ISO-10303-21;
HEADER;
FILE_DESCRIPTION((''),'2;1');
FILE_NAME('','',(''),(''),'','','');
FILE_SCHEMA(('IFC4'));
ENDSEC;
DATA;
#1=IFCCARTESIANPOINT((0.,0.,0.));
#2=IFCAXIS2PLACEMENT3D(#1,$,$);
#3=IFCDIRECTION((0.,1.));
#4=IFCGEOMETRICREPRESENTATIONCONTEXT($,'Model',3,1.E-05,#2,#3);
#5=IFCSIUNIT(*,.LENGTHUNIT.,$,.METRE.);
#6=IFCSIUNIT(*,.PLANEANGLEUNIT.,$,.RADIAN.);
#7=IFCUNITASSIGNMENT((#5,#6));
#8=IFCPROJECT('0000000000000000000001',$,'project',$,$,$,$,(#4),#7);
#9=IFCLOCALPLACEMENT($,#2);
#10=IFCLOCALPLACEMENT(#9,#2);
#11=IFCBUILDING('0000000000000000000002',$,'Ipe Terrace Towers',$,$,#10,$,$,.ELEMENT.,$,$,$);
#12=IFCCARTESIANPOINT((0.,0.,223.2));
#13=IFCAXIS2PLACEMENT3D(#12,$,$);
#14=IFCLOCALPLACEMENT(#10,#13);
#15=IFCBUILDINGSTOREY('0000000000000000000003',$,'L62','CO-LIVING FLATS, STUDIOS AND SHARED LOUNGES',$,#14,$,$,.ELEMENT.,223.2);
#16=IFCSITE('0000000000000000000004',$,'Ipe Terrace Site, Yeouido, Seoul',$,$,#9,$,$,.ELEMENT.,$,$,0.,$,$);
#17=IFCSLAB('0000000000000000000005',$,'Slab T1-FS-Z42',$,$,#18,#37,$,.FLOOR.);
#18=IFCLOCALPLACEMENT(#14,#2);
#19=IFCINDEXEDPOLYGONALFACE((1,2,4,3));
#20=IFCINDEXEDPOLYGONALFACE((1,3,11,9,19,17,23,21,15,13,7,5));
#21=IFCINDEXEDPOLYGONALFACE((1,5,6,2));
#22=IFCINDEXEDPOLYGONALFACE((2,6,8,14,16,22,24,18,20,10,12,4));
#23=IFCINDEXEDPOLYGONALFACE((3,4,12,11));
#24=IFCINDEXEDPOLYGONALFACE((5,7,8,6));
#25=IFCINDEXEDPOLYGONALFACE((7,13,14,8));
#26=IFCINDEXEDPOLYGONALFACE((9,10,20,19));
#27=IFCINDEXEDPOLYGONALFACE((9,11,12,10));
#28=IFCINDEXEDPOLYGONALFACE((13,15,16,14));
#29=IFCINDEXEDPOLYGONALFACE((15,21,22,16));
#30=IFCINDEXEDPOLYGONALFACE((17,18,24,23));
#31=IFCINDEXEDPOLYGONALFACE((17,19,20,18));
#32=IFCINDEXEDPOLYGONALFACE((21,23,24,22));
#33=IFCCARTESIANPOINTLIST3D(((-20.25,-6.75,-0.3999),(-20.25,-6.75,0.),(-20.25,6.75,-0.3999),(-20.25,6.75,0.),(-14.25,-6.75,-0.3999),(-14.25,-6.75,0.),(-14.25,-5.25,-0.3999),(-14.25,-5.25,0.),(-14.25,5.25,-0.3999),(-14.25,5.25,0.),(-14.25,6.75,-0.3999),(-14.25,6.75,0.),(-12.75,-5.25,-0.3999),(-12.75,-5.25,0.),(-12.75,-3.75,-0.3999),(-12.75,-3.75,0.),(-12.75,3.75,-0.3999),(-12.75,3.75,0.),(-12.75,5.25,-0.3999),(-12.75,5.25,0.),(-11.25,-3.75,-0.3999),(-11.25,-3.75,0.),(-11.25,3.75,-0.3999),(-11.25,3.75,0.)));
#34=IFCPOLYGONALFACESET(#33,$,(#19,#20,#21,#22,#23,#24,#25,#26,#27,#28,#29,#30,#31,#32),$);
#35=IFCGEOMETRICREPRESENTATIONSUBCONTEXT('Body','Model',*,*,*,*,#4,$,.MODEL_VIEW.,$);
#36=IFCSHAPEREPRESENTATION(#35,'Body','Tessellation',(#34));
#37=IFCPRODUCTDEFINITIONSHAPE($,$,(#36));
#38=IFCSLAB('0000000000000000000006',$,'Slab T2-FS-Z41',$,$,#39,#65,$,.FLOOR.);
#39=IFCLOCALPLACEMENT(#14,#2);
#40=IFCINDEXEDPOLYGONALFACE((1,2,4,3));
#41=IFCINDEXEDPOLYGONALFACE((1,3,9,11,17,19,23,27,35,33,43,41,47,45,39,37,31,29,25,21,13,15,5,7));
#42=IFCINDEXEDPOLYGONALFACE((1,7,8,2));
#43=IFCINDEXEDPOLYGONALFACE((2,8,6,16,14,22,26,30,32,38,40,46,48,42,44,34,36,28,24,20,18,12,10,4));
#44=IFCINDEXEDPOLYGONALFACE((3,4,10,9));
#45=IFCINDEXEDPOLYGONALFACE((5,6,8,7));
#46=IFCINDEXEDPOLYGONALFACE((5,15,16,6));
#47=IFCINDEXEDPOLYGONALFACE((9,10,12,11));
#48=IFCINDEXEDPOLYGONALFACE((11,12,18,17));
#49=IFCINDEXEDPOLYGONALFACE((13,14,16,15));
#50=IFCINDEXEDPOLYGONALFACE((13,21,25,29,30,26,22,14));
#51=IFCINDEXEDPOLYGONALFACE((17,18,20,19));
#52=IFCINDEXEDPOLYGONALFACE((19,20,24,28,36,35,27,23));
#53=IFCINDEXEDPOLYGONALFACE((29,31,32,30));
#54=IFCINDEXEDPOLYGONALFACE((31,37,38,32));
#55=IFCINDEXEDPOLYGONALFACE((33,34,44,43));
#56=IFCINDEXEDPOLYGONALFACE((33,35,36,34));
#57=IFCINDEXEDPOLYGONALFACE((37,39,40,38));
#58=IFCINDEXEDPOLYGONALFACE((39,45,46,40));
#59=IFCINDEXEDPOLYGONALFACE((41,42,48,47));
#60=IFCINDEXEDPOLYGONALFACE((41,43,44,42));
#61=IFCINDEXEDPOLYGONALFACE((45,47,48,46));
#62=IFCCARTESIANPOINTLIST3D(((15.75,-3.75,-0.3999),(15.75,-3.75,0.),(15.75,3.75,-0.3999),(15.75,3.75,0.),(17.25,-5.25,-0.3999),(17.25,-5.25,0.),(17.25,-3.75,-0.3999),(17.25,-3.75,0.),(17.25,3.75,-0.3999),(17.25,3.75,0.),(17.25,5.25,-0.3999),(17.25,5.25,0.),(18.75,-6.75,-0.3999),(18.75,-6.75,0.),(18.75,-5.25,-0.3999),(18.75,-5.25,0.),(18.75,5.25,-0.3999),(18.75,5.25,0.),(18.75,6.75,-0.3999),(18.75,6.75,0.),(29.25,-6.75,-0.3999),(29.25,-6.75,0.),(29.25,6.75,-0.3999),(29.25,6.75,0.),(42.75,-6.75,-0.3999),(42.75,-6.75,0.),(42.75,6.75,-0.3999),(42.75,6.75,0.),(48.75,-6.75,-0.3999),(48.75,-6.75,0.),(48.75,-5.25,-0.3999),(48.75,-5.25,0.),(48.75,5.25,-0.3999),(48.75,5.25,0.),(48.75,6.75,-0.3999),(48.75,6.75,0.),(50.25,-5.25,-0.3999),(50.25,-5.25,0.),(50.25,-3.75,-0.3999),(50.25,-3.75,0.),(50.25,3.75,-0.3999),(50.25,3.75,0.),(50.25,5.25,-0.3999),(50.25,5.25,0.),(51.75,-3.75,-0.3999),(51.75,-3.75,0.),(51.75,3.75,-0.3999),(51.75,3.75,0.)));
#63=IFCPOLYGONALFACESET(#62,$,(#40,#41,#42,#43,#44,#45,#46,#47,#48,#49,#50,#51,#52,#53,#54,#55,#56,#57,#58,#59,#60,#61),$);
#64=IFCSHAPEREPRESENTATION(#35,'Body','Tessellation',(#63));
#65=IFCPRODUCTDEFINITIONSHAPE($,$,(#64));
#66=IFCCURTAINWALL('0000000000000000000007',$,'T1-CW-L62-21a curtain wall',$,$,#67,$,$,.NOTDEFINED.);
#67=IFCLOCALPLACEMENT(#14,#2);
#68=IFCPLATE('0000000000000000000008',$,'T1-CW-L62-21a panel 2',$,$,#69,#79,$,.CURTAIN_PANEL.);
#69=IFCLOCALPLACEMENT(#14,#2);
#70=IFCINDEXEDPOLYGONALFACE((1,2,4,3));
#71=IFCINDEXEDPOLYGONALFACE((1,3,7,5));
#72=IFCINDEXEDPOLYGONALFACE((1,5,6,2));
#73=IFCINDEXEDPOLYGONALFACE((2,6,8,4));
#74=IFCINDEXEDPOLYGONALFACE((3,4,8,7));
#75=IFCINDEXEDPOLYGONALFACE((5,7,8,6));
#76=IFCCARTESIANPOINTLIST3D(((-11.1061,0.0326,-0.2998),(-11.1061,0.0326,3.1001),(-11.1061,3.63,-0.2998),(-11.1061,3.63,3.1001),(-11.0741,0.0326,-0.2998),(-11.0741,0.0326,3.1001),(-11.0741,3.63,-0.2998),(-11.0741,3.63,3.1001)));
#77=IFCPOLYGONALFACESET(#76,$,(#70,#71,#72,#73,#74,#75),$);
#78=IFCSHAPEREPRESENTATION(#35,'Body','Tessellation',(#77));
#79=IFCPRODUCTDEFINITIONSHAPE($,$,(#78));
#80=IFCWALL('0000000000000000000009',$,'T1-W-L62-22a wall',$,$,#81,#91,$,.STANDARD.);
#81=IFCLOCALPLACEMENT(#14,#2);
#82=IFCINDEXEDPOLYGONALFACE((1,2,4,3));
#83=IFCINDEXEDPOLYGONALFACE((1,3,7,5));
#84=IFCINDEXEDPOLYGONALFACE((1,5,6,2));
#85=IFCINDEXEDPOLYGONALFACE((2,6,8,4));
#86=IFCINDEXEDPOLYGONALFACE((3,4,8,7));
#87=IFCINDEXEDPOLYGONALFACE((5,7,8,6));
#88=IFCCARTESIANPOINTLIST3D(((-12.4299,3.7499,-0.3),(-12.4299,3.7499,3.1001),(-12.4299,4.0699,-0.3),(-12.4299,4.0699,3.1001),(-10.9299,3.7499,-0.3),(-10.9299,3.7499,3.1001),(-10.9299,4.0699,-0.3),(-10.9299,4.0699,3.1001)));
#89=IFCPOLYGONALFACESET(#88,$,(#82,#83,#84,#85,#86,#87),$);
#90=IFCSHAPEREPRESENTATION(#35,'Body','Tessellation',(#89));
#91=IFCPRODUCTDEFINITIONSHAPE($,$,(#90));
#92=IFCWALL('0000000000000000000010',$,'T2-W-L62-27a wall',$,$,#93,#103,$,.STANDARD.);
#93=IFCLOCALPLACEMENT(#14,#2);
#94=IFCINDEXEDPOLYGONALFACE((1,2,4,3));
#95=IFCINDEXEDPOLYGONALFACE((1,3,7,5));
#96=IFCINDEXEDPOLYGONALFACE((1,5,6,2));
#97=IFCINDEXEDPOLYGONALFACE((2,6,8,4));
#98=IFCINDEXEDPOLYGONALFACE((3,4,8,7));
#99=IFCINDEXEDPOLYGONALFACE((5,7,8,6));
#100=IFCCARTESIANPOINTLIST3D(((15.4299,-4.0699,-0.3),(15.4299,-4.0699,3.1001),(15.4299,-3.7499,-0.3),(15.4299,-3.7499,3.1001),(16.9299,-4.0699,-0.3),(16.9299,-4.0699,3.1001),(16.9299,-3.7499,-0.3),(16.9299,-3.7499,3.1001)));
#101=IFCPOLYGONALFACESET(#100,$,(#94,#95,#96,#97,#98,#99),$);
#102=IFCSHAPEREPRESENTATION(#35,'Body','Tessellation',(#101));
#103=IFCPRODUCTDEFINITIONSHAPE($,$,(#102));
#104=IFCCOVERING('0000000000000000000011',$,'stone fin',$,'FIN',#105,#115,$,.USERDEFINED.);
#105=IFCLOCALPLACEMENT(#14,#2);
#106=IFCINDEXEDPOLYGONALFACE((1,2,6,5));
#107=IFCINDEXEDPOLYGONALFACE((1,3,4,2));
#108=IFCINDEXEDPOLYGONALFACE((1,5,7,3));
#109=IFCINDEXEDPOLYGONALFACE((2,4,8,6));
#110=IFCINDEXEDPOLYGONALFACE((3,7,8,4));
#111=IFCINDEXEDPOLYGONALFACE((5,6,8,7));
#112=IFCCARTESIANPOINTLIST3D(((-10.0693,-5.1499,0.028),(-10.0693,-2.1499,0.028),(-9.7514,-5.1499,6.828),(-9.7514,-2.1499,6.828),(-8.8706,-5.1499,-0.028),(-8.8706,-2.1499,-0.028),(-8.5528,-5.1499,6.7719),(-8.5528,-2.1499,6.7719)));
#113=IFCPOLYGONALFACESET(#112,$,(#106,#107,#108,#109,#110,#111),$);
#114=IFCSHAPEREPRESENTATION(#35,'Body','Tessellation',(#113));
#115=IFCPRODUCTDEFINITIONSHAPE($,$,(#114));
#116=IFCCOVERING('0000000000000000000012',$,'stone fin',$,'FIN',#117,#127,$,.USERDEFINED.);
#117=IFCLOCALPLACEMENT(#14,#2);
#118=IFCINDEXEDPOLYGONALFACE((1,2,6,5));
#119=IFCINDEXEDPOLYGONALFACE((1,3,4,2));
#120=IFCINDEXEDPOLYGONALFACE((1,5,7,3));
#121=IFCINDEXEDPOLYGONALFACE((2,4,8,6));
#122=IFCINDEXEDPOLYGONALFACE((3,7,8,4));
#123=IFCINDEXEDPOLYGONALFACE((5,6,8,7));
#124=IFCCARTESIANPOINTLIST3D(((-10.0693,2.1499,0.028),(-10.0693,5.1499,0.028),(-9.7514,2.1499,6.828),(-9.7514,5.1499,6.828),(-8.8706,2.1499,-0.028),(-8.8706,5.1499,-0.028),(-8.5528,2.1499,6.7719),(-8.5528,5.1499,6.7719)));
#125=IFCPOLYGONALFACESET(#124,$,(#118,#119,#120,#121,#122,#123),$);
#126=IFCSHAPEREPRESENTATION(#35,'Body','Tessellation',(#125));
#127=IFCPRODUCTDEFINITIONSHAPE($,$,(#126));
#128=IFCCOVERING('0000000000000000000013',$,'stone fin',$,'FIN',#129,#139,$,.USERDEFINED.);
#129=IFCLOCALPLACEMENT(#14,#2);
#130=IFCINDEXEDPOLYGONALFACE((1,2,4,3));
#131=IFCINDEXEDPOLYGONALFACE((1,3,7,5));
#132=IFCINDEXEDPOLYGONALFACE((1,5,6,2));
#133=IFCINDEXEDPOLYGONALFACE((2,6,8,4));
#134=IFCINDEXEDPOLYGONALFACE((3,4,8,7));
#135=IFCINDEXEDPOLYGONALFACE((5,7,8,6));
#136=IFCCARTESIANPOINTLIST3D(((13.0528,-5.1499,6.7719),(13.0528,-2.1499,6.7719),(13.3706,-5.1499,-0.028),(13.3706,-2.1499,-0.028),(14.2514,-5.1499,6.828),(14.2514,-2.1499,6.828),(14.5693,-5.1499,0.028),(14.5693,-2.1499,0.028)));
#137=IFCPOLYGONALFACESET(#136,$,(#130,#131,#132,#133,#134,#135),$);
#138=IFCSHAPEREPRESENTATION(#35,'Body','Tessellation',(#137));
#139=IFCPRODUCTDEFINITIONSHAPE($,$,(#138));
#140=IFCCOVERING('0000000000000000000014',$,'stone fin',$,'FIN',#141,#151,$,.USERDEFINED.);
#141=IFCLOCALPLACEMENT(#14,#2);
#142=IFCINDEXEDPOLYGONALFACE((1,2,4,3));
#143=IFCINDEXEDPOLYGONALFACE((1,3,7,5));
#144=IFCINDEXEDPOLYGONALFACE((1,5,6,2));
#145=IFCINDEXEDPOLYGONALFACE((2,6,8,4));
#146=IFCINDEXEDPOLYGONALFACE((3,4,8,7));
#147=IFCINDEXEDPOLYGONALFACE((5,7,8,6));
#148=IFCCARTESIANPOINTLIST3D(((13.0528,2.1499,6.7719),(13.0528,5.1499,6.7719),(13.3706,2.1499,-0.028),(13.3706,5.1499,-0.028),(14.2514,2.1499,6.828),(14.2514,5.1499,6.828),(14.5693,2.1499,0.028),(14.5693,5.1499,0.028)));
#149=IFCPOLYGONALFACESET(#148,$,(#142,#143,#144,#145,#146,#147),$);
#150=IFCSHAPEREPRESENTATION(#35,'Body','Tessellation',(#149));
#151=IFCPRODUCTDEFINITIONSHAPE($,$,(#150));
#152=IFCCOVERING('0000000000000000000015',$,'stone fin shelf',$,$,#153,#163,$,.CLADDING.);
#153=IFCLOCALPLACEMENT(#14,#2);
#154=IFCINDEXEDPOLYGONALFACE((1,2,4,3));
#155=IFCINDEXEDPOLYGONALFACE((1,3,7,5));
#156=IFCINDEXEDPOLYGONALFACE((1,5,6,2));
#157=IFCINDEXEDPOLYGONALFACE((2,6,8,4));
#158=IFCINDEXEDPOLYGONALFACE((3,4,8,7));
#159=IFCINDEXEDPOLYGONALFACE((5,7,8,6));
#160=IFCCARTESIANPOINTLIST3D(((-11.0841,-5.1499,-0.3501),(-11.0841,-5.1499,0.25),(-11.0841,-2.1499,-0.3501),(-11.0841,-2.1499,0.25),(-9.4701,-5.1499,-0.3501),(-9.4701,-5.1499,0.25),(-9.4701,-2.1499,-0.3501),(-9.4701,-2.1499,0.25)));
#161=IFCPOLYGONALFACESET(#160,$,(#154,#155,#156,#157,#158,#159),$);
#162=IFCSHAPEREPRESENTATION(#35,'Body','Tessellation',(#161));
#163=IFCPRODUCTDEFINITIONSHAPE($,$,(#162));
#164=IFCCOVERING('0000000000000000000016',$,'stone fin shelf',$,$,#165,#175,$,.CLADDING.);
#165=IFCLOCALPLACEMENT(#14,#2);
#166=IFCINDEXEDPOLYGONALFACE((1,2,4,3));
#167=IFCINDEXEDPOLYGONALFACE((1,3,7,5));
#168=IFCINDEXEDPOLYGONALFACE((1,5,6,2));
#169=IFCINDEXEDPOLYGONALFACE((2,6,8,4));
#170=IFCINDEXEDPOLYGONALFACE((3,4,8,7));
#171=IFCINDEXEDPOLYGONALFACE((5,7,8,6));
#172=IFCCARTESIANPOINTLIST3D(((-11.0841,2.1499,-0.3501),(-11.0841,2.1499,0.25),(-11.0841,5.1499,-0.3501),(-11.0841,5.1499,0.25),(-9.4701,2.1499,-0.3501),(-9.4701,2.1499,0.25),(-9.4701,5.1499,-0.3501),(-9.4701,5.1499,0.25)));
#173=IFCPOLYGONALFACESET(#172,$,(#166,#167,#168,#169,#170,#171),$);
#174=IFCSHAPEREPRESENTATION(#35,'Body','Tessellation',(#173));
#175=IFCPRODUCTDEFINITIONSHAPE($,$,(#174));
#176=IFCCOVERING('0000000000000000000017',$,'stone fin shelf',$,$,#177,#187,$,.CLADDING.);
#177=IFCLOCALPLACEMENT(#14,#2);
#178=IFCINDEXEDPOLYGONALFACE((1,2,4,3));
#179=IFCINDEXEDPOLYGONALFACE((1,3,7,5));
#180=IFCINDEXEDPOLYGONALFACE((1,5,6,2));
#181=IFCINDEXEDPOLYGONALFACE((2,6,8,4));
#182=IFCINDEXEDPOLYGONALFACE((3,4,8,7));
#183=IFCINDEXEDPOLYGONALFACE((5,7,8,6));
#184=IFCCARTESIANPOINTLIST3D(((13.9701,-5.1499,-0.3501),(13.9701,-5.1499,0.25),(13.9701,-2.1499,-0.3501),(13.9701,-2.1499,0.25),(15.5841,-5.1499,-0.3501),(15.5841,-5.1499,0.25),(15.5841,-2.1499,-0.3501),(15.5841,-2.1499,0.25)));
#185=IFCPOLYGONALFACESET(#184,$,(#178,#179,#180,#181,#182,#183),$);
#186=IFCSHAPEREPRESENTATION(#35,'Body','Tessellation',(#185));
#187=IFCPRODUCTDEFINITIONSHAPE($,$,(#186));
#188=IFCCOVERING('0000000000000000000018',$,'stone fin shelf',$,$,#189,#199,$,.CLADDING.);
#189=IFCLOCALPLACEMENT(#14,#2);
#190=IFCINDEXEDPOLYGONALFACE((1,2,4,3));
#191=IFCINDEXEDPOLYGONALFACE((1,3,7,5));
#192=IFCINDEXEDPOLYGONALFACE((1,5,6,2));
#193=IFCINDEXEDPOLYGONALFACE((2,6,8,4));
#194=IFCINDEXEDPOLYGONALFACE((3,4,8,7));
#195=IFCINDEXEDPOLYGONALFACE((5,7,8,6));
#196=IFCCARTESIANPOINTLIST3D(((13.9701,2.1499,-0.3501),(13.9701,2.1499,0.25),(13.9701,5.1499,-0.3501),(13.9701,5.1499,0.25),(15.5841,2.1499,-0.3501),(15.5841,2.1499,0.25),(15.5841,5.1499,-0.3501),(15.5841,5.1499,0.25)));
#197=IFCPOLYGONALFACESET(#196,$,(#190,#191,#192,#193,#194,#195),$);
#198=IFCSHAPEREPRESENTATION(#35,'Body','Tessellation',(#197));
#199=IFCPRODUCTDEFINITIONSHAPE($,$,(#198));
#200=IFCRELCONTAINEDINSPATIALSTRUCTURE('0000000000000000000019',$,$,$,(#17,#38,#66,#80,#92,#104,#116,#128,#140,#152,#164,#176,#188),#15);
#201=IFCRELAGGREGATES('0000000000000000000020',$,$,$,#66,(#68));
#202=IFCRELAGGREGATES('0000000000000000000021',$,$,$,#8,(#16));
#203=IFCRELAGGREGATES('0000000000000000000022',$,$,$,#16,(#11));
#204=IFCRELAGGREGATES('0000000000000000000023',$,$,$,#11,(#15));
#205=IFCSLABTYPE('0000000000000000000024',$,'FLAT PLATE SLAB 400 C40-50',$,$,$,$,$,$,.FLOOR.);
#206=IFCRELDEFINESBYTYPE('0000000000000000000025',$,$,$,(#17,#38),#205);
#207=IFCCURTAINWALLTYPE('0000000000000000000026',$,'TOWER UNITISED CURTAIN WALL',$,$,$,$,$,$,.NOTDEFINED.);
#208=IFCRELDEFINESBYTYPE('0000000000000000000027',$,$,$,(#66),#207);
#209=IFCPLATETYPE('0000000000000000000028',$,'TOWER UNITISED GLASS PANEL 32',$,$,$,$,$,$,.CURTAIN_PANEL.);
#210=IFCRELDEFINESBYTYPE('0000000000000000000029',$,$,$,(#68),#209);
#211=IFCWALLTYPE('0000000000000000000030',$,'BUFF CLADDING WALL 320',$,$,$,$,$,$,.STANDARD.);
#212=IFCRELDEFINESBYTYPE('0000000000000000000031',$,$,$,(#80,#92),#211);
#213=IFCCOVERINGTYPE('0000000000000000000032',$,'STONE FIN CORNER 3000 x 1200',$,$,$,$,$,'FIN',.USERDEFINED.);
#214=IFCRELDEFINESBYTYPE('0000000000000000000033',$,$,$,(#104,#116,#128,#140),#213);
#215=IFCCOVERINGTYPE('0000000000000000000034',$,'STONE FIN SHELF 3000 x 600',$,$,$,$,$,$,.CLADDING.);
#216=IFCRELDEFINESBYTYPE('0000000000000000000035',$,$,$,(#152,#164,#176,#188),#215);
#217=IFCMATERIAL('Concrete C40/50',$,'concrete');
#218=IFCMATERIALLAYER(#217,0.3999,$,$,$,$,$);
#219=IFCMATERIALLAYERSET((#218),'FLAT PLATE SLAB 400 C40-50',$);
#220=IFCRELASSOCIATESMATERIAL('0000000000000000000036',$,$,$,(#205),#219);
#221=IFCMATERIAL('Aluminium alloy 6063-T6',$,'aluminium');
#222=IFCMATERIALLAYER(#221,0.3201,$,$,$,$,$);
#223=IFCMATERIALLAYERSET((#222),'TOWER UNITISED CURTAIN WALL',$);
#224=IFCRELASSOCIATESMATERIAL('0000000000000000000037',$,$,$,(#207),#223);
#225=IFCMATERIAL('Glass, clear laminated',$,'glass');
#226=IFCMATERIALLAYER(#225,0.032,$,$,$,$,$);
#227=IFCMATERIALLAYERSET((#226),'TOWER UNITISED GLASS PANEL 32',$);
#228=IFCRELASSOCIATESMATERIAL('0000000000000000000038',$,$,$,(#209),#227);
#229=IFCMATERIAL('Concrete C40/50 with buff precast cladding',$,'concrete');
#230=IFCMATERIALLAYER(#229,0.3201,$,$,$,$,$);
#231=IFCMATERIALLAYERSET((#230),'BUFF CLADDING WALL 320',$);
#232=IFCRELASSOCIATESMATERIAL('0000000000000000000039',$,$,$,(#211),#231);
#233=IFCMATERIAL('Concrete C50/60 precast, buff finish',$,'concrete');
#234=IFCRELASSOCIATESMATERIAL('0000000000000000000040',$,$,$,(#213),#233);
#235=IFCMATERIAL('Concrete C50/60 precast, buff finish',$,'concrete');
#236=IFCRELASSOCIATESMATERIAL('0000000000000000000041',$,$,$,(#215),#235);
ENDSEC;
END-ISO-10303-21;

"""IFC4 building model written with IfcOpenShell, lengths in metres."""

from ifc_helpers import new_model, si_unit, direction, frame, frame_2d, origin, origin_2d, place, context, subcontext, project, spatial, polyline, rectangle, outline, extrude, material, layer, layer_set, material_profile, profile_set, type_object, element, aggregate, save


model = new_model("IFC4")

# Units and contexts
model_context = context("Model", 3, precision=1e-05, world=origin(), true_north=direction((0.0, 1.0)))
body_context = subcontext(model_context, "Body", "Model", "MODEL_VIEW")
ifc_project = project(units=[si_unit("LENGTHUNIT", "METRE"), si_unit("PLANEANGLEUNIT", "RADIAN")], contexts=[model_context])

# Site, building, storey
site_placement = place(None, origin())
site = spatial("IfcSite", under=ifc_project, at=site_placement, Name="Ipe Terrace Site, Yeouido, Seoul", CompositionType="ELEMENT", RefElevation=0.0)
building_placement = place(site_placement, origin())
building = spatial("IfcBuilding", under=site, at=building_placement, Name="Ipe Terrace Towers", CompositionType="ELEMENT")
storey_placement = place(building_placement, frame((0.0, 0.0, 223.2)))
storey = spatial("IfcBuildingStorey", under=building, at=storey_placement, Name="L62", Description="CO-LIVING FLATS, STUDIOS AND SHARED LOUNGES", CompositionType="ELEMENT", Elevation=223.2)

# Slabs
ifc_material_1 = material(Name="Concrete C40/50", Category="concrete")
ifc_layer_1 = layer(ifc_material_1, 0.3999)
ifc_layer_set_1 = layer_set([ifc_layer_1], Name="FLAT PLATE SLAB 400 C40-50")
slab_type_1 = type_object("IfcSlabType", Name="FLAT PLATE SLAB 400 C40-50", PredefinedType="FLOOR", material=ifc_layer_set_1)
slab_1_placement = place(storey_placement, frame((0.0, 0.0, -0.3999)))
element("IfcSlab", 1, at=slab_1_placement, inside=storey, type_object=slab_type_1, Name="Slab T1-FS-Z42", PredefinedType="FLOOR", context=body_context, shape_type="SweptSolid", body=[
    extrude(outline(polyline([(-14.25, 5.25), (-12.75, 5.25), (-12.75, 3.75), (-11.25, 3.75), (-11.25, -3.75), (-12.75, -3.75), (-12.75, -5.25), (-14.25, -5.25), (-14.25, -6.75), (-20.25, -6.75), (-20.25, 6.75), (-14.25, 6.75), (-14.25, 5.25)])), origin(), (0.0, 0.0, 1.0), 0.3999),
])
slab_2_placement = place(storey_placement, frame((0.0, 0.0, -0.3999)))
element("IfcSlab", 2, at=slab_2_placement, inside=storey, type_object=slab_type_1, Name="Slab T2-FS-Z41", PredefinedType="FLOOR", context=body_context, shape_type="SweptSolid", body=[
    extrude(outline(polyline([(48.75, 5.25), (50.25, 5.25), (50.25, 3.75), (51.75, 3.75), (51.75, -3.75), (50.25, -3.75), (50.25, -5.25), (48.75, -5.25), (48.75, -6.75), (42.75, -6.75), (29.25, -6.75), (18.75, -6.75), (18.75, -5.25), (17.25, -5.25), (17.25, -3.75), (15.75, -3.75), (15.75, 3.75), (17.25, 3.75), (17.25, 5.25), (18.75, 5.25), (18.75, 6.75), (29.25, 6.75), (42.75, 6.75), (48.75, 6.75), (48.75, 5.25)])), origin(), (0.0, 0.0, 1.0), 0.3999),
])

# Curtain wall, plate
ifc_material_2 = material(Name="Aluminium alloy 6063-T6", Category="aluminium")
ifc_layer_2 = layer(ifc_material_2, 0.3201)
ifc_layer_set_2 = layer_set([ifc_layer_2], Name="TOWER UNITISED CURTAIN WALL")
curtain_wall_type = type_object("IfcCurtainWallType", Name="TOWER UNITISED CURTAIN WALL", PredefinedType="NOTDEFINED", material=ifc_layer_set_2)
curtain_wall_placement = place(storey_placement, origin())
curtain_wall = element("IfcCurtainWall", 3, at=curtain_wall_placement, inside=storey, type_object=curtain_wall_type, Name="T1-CW-L62-21a curtain wall", PredefinedType="NOTDEFINED")
ifc_material_3 = material(Name="Glass, clear laminated", Category="glass")
ifc_layer_3 = layer(ifc_material_3, 0.032)
ifc_layer_set_3 = layer_set([ifc_layer_3], Name="TOWER UNITISED GLASS PANEL 32")
plate_type = type_object("IfcPlateType", Name="TOWER UNITISED GLASS PANEL 32", PredefinedType="CURTAIN_PANEL", material=ifc_layer_set_3)
plate_placement = place(storey_placement, frame((-11.0901, 1.8313, -0.2998), z_axis=(0.0, 0.0, 1.0), x_axis=(0.0, 1.0, 0.0)))
plate = element("IfcPlate", 4, at=plate_placement, type_object=plate_type, Name="T1-CW-L62-21a panel 2", PredefinedType="CURTAIN_PANEL", context=body_context, shape_type="SweptSolid", body=[
    extrude(rectangle(XDim=3.5974, YDim=0.032, at=origin_2d()), origin(), (0.0, 0.0, 1.0), 3.3999),
])
aggregate(curtain_wall, [plate])

# Walls
ifc_material_4 = material(Name="Concrete C40/50 with buff precast cladding", Category="concrete")
ifc_layer_4 = layer(ifc_material_4, 0.3201)
ifc_layer_set_4 = layer_set([ifc_layer_4], Name="BUFF CLADDING WALL 320")
wall_type = type_object("IfcWallType", Name="BUFF CLADDING WALL 320", PredefinedType="STANDARD", material=ifc_layer_set_4)
for number, where, z_axis, x_axis, name in (
    (5, (-10.9299, 3.9099, -0.3), (0.0, 0.0, 1.0), (-1.0, 0.0, 0.0), "T1-W-L62-22a wall"),
    (6, (15.4299, -3.9099, -0.3), (0.0, 0.0, 1.0), (1.0, 0.0, 0.0), "T2-W-L62-27a wall"),
):
    element("IfcWall", number, at=place(storey_placement, frame(where, z_axis=z_axis, x_axis=x_axis)), inside=storey, type_object=wall_type, Name=name, PredefinedType="STANDARD", context=body_context, shape_type="SweptSolid", body=[
        extrude(rectangle(XDim=1.5, YDim=0.3201, at=frame_2d((0.75, 0.0))), origin(), (0.0, 0.0, 1.0), 3.4001),
    ])

# Coverings
ifc_material_5 = material(Name="Concrete C50/60 precast, buff finish", Category="concrete")
ifc_material_profile = material_profile(ifc_material_5, rectangle(XDim=3.0, YDim=1.2, at=origin_2d()), Name="STONE FIN CORNER 3000 x 1200")
ifc_profile_set = profile_set([ifc_material_profile], Name="Concrete C50/60 precast, buff finish")
covering_type_1 = type_object("IfcCoveringType", Name="STONE FIN CORNER 3000 x 1200", ElementType="FIN", PredefinedType="USERDEFINED", material=ifc_profile_set)
for number, where, z_axis, x_axis, name in (
    (7, (-9.47, -3.6499, 0.0), (0.046694, 0.0, 0.998909), (0.0, 1.0, 0.0), "stone fin"),
    (8, (-9.47, 3.6499, 0.0), (0.046694, 0.0, 0.998909), (0.0, 1.0, 0.0), "stone fin"),
    (9, (13.97, -3.6499, 0.0), (-0.046694, 0.0, 0.998909), (0.0, -1.0, 0.0), "stone fin"),
    (10, (13.97, 3.6499, 0.0), (-0.046694, 0.0, 0.998909), (0.0, -1.0, 0.0), "stone fin"),
):
    element("IfcCovering", number, at=place(storey_placement, frame(where, z_axis=z_axis, x_axis=x_axis)), inside=storey, type_object=covering_type_1, Name=name, ObjectType="FIN", PredefinedType="USERDEFINED", context=body_context, shape_type="SweptSolid", body=[
        extrude(rectangle(XDim=3.0, YDim=1.2, at=origin_2d()), origin(), (0.0, 0.0, 1.0), 6.8074),
    ])
ifc_material_6 = material(Name="Concrete C50/60 precast, buff finish", Category="concrete")
covering_type_2 = type_object("IfcCoveringType", Name="STONE FIN SHELF 3000 x 600", PredefinedType="CLADDING", material=ifc_material_6)
for number, where, z_axis, x_axis, name in (
    (11, (-10.2771, -3.6499, -0.3501), (0.0, 0.0, 1.0), (0.0, 1.0, 0.0), "stone fin shelf"),
    (12, (-10.2771, 3.6499, -0.3501), (0.0, 0.0, 1.0), (0.0, 1.0, 0.0), "stone fin shelf"),
    (13, (14.7771, -3.6499, -0.3501), (0.0, 0.0, 1.0), (0.0, -1.0, 0.0), "stone fin shelf"),
    (14, (14.7771, 3.6499, -0.3501), (0.0, 0.0, 1.0), (0.0, -1.0, 0.0), "stone fin shelf"),
):
    element("IfcCovering", number, at=place(storey_placement, frame(where, z_axis=z_axis, x_axis=x_axis)), inside=storey, type_object=covering_type_2, Name=name, PredefinedType="CLADDING", context=body_context, shape_type="SweptSolid", body=[
        extrude(rectangle(XDim=3.0, YDim=1.614, at=origin_2d()), origin(), (0.0, 0.0, 1.0), 0.6001),
    ])

save(model, "model.ifc")
